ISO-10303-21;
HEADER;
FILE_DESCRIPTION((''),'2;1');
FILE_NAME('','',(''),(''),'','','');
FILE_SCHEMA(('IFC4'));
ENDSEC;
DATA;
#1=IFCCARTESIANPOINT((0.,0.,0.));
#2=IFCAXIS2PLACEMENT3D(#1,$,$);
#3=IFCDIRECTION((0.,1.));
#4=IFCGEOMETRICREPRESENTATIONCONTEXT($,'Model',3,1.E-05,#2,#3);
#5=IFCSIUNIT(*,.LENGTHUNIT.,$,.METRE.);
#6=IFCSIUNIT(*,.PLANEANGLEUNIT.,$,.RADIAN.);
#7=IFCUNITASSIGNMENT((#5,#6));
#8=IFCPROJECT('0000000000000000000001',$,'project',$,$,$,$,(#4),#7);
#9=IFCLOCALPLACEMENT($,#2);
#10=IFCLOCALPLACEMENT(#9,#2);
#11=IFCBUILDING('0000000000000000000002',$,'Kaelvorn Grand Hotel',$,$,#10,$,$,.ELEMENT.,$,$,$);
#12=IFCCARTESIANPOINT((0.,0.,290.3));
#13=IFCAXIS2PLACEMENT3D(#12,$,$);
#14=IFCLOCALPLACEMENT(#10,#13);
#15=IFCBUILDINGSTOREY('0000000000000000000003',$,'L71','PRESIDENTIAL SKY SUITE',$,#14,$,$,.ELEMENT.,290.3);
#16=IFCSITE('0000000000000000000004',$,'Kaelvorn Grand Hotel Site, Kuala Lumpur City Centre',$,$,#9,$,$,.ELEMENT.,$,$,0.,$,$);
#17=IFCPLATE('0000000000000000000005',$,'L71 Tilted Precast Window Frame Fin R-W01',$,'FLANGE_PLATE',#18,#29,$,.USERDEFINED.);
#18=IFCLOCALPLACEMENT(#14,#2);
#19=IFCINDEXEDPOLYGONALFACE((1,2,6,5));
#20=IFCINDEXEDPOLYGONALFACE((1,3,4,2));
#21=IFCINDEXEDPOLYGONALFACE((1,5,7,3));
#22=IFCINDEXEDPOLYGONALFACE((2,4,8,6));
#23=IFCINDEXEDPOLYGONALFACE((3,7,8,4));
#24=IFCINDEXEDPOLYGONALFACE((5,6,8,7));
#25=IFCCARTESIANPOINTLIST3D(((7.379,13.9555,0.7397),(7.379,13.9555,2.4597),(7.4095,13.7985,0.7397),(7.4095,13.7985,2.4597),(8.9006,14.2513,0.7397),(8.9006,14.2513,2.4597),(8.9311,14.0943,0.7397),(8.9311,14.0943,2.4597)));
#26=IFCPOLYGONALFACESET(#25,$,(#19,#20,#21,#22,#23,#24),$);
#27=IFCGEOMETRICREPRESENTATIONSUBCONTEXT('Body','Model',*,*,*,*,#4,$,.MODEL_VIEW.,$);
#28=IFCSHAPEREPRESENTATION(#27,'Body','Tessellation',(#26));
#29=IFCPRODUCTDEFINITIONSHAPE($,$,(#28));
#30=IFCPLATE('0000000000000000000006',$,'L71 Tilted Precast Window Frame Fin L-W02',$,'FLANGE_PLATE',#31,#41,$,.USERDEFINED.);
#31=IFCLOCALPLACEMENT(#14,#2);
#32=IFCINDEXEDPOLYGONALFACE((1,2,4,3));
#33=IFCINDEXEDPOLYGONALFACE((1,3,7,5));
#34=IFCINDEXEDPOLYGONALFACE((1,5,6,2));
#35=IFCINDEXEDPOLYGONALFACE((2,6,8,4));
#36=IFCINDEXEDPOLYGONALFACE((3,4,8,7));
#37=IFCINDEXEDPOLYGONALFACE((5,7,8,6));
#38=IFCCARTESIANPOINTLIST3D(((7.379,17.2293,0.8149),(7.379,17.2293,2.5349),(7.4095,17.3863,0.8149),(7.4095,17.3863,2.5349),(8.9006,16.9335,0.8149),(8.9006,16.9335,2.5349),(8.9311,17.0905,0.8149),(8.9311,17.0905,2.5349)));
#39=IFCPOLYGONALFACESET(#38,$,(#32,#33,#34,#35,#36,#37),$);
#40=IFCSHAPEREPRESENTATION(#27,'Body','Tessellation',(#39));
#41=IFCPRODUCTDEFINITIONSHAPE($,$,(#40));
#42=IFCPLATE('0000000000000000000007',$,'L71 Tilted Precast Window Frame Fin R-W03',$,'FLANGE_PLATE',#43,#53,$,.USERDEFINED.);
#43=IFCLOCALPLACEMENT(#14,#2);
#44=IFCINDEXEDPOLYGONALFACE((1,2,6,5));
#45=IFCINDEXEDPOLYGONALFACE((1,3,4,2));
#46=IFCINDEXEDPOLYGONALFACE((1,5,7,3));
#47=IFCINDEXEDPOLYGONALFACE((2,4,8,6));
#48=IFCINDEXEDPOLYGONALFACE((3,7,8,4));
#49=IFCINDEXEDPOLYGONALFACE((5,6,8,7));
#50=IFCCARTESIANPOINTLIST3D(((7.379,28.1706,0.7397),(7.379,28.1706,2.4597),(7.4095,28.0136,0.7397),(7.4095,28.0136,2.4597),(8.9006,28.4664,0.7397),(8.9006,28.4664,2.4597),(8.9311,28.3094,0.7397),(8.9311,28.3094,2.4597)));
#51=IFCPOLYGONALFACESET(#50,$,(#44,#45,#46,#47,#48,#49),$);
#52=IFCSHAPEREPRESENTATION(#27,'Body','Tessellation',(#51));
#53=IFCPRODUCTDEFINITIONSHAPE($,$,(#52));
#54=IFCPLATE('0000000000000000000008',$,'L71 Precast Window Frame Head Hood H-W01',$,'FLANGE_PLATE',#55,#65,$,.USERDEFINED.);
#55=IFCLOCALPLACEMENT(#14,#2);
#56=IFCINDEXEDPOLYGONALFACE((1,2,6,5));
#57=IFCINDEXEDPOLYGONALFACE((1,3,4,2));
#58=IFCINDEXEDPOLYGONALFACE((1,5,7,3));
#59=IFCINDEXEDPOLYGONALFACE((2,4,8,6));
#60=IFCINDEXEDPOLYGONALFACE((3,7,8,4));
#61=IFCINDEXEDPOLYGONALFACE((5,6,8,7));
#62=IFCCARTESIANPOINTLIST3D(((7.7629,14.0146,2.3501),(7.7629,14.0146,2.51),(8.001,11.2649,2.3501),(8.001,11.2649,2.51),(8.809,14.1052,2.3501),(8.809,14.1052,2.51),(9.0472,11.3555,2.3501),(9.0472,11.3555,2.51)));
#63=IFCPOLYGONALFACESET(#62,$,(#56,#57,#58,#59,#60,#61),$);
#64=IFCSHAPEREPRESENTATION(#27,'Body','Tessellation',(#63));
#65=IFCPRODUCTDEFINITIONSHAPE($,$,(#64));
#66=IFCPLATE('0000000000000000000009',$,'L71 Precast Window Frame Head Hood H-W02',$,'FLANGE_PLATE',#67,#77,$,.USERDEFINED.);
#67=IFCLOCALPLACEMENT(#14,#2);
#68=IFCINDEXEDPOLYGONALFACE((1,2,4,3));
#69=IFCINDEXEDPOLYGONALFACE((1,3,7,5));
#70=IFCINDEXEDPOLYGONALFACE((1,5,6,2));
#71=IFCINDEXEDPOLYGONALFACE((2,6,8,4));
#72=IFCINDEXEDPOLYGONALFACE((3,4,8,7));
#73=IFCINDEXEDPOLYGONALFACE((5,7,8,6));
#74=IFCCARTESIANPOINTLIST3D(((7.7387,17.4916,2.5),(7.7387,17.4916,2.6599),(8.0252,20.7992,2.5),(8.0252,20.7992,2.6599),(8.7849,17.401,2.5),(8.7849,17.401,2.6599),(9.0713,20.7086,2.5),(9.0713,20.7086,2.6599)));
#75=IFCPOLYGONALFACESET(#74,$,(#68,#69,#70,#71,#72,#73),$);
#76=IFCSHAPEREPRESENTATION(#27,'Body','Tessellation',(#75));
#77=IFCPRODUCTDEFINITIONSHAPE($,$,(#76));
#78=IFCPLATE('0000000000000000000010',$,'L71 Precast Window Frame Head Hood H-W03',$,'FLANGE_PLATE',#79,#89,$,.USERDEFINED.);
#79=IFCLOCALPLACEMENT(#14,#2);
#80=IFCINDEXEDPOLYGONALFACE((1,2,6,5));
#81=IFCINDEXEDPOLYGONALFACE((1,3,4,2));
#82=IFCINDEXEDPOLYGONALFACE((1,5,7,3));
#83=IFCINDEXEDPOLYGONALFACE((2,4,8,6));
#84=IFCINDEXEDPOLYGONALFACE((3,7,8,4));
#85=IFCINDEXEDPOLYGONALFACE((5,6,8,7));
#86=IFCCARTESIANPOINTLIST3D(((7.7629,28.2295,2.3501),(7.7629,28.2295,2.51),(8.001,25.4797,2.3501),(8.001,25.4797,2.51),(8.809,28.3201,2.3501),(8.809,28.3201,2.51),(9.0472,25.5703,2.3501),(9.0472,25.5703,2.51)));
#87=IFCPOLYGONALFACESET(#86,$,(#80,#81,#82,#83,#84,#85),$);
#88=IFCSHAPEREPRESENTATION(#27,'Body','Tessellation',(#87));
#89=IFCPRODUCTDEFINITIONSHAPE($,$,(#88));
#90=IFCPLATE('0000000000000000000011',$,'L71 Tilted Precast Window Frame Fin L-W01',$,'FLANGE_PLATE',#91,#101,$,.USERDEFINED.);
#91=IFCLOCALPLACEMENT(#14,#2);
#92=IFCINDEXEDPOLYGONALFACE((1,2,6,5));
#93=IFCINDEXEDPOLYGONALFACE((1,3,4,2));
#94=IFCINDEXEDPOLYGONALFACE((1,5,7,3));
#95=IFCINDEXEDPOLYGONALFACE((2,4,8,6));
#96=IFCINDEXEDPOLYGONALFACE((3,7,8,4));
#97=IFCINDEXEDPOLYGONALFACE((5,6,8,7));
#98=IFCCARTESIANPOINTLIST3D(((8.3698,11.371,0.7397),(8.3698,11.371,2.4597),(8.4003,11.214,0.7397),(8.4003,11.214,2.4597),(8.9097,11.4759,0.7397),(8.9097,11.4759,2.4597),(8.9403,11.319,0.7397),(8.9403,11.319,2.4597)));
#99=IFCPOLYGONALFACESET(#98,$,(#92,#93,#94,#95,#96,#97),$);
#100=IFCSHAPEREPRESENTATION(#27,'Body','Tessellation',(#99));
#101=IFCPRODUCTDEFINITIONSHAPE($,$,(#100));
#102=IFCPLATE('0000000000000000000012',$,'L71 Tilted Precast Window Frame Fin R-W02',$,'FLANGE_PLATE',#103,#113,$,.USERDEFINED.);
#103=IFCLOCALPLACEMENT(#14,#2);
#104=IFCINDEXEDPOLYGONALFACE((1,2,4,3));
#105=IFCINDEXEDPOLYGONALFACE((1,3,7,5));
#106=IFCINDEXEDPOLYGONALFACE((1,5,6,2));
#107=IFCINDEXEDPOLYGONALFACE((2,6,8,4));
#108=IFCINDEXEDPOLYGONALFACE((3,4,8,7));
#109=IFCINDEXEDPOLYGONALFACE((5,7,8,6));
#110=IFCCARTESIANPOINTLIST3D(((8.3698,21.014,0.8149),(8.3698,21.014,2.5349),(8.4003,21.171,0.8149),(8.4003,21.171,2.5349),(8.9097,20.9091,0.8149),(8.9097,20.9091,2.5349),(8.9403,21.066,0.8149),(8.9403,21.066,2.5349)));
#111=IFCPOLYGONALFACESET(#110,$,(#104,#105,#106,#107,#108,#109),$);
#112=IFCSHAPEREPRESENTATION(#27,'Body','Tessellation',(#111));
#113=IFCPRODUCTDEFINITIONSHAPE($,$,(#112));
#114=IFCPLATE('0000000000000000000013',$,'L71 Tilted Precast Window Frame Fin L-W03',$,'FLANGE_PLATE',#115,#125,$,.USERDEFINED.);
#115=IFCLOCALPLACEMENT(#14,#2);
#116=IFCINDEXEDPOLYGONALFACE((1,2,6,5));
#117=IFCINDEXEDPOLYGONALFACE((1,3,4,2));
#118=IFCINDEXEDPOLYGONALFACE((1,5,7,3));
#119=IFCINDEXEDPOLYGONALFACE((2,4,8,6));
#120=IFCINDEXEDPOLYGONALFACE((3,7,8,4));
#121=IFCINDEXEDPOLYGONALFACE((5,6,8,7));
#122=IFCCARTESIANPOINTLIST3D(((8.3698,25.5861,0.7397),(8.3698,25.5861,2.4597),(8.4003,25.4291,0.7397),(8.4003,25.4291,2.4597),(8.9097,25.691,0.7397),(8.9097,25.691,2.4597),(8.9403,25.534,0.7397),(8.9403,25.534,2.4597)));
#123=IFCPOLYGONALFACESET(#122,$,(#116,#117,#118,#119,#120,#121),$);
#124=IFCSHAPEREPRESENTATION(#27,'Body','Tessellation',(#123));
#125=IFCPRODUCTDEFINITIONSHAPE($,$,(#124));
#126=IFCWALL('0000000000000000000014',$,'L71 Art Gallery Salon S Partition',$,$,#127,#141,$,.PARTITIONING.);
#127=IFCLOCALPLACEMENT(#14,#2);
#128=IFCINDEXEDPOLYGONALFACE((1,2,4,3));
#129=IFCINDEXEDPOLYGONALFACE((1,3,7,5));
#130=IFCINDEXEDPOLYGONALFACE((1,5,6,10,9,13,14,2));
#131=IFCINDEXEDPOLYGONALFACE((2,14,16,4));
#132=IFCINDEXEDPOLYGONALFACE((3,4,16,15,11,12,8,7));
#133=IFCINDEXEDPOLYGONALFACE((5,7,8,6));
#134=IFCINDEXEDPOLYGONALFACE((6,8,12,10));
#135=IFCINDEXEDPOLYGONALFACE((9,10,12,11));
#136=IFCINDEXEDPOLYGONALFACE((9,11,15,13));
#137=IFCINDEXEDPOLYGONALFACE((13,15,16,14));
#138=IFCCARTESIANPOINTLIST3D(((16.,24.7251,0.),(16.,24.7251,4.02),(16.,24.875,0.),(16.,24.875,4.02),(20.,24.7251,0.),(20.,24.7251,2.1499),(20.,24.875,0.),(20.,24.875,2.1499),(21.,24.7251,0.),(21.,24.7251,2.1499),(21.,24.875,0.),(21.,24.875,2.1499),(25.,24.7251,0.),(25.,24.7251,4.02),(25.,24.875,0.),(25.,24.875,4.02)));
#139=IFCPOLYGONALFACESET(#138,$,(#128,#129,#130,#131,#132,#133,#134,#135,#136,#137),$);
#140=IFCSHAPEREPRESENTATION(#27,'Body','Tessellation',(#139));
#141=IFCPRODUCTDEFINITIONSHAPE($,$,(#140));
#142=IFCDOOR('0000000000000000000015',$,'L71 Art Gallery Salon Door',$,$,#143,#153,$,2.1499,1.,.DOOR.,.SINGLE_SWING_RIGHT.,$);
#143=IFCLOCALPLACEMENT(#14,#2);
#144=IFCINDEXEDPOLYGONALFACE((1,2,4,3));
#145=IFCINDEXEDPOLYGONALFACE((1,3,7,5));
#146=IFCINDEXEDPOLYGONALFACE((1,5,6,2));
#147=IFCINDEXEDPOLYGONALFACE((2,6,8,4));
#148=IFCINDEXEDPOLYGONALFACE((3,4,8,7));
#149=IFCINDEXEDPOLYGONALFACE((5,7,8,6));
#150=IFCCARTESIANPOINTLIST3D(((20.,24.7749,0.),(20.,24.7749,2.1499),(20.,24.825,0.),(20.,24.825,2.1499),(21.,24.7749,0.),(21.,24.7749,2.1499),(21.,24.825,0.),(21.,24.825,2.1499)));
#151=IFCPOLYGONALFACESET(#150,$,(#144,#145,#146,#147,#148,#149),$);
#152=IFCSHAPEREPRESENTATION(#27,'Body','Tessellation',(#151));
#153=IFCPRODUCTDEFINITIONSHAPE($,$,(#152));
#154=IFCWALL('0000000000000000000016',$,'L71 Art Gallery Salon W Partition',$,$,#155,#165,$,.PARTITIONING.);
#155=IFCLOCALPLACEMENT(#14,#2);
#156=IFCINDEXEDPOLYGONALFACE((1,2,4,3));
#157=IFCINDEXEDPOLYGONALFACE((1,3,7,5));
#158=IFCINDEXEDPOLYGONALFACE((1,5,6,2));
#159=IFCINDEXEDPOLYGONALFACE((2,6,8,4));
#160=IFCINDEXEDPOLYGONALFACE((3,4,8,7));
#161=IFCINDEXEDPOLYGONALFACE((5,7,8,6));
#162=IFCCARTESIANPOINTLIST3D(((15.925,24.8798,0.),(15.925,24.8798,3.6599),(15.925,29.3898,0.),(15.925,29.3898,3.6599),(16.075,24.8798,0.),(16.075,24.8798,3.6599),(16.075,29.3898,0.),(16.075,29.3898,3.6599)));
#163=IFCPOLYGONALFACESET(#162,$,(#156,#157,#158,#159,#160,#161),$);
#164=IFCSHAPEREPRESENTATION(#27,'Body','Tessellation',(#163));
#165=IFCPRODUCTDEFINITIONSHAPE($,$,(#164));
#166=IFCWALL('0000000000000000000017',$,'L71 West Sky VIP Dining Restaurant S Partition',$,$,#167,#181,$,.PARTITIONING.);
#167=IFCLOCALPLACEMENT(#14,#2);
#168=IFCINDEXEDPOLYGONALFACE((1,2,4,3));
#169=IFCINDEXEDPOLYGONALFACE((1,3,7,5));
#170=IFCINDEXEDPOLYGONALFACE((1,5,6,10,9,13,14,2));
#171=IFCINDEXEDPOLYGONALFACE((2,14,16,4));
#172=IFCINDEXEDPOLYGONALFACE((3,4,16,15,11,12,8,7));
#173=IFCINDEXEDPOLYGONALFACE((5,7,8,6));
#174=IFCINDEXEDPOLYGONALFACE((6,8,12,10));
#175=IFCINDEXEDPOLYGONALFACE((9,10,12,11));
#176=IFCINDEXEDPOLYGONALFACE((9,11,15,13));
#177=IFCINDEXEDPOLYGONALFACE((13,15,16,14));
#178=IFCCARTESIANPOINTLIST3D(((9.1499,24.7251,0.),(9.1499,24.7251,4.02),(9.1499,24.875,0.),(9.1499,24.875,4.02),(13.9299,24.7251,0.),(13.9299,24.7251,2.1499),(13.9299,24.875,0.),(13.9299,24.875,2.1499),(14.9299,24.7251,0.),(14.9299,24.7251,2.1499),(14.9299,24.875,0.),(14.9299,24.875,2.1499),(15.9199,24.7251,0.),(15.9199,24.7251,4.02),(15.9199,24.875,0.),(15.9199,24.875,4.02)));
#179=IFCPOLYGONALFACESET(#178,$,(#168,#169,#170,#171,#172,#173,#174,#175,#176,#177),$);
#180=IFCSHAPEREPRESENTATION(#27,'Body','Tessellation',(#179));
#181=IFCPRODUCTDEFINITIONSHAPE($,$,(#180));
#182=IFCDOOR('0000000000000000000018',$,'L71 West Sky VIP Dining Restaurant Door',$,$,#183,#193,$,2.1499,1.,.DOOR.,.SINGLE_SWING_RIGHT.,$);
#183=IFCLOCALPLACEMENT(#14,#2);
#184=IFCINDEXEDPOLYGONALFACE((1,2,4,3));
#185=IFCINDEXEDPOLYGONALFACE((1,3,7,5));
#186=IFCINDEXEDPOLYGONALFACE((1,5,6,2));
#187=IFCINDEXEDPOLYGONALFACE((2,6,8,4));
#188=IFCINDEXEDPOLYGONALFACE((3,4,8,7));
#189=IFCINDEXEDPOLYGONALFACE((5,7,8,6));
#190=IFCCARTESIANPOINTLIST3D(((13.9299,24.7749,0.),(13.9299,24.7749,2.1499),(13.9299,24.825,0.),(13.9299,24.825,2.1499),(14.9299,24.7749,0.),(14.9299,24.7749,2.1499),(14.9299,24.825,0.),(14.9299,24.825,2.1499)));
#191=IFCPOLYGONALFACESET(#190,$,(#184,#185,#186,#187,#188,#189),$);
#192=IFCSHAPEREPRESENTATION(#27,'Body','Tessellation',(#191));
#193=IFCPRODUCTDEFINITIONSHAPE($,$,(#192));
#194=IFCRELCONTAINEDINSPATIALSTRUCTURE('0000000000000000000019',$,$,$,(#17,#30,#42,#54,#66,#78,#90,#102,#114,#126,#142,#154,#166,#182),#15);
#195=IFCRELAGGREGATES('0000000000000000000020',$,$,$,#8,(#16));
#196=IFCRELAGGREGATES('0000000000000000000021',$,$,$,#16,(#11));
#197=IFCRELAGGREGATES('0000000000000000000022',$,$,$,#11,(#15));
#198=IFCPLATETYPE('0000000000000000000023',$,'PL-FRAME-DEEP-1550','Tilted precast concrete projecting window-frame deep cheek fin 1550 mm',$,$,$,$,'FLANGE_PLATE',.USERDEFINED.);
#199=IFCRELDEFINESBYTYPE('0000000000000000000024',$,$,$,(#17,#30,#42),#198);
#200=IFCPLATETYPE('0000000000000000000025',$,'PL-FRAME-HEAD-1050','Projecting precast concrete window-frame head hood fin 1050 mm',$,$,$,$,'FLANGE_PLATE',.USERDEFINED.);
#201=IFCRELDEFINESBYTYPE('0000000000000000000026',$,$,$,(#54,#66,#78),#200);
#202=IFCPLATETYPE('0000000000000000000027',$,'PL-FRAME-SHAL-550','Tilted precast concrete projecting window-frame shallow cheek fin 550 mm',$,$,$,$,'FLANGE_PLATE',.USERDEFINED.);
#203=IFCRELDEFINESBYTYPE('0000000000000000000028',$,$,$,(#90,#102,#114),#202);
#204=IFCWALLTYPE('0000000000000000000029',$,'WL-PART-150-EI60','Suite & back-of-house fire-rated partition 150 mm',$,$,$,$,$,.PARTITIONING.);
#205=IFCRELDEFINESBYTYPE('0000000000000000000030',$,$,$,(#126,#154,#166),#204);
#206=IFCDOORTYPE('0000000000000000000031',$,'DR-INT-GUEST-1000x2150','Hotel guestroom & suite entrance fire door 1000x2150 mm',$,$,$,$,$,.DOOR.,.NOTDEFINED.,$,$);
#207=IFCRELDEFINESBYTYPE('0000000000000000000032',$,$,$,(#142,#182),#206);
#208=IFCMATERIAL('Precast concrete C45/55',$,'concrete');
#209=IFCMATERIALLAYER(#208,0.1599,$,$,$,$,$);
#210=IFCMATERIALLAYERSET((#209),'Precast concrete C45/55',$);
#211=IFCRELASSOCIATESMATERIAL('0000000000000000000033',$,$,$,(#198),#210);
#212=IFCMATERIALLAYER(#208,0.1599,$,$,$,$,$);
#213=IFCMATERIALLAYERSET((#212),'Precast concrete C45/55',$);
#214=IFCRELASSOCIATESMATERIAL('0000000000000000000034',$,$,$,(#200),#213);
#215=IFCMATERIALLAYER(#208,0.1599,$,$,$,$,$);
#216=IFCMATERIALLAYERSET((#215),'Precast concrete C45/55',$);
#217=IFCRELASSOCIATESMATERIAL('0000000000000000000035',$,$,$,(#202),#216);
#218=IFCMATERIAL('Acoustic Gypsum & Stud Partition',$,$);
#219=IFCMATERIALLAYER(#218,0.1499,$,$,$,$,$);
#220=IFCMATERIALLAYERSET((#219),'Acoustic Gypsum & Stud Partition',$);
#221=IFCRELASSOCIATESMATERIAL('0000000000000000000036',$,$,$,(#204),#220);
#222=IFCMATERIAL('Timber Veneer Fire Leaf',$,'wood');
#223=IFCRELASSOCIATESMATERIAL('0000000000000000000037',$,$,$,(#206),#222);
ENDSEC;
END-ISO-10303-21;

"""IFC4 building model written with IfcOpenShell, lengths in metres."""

from ifc_helpers import new_model, si_unit, direction, frame, frame_2d, origin, origin_2d, place, context, subcontext, project, spatial, rectangle, extrude, material, layer, layer_set, type_object, element, fill, save


model = new_model("IFC4")

# Units and contexts
model_context = context("Model", 3, precision=1e-05, world=origin(), true_north=direction((0.0, 1.0)))
body_context = subcontext(model_context, "Body", "Model", "MODEL_VIEW")
ifc_project = project(units=[si_unit("LENGTHUNIT", "METRE"), si_unit("PLANEANGLEUNIT", "RADIAN")], contexts=[model_context])

# Site, building, storey
site_placement = place(None, origin())
site = spatial("IfcSite", under=ifc_project, at=site_placement, Name="Kaelvorn Grand Hotel Site, Kuala Lumpur City Centre", CompositionType="ELEMENT", RefElevation=0.0)
building_placement = place(site_placement, origin())
building = spatial("IfcBuilding", under=site, at=building_placement, Name="Kaelvorn Grand Hotel", CompositionType="ELEMENT")
storey_placement = place(building_placement, frame((0.0, 0.0, 290.3)))
storey = spatial("IfcBuildingStorey", under=building, at=storey_placement, Name="L71", Description="PRESIDENTIAL SKY SUITE", CompositionType="ELEMENT", Elevation=290.3)

# Plates
ifc_material_1 = material(Name="Precast concrete C45/55", Category="concrete")
ifc_layer_1 = layer(ifc_material_1, 0.1599)
ifc_layer_set_1 = layer_set([ifc_layer_1], Name="Precast concrete C45/55")
plate_type_1 = type_object("IfcPlateType", Name="PL-FRAME-DEEP-1550", Description="Tilted precast concrete projecting window-frame deep cheek fin 1550 mm", ElementType="FLANGE_PLATE", PredefinedType="USERDEFINED", material=ifc_layer_set_1)
for number, where, z_axis, x_axis, name in (
    (1, (8.155, 14.0249, 0.7397), (0.0, 0.0, 1.0), (-0.190809, 0.981627, 0.0), "L71 Tilted Precast Window Frame Fin R-W01"),
    (2, (8.155, 17.1599, 0.8149), (0.0, 0.0, 1.0), (0.190809, 0.981627, 0.0), "L71 Tilted Precast Window Frame Fin L-W02"),
    (3, (8.155, 28.24, 0.7397), (0.0, 0.0, 1.0), (-0.190809, 0.981627, 0.0), "L71 Tilted Precast Window Frame Fin R-W03"),
):
    element("IfcPlate", number, at=place(storey_placement, frame(where, z_axis=z_axis, x_axis=x_axis)), inside=storey, type_object=plate_type_1, Name=name, ObjectType="FLANGE_PLATE", PredefinedType="USERDEFINED", context=body_context, shape_type="SweptSolid", body=[
        extrude(rectangle(XDim=0.1599, YDim=1.55, at=origin_2d()), origin(), (0.0, 0.0, 1.0), 1.72),
    ])
ifc_layer_2 = layer(ifc_material_1, 0.1599)
ifc_layer_set_2 = layer_set([ifc_layer_2], Name="Precast concrete C45/55")
plate_type_2 = type_object("IfcPlateType", Name="PL-FRAME-HEAD-1050", Description="Projecting precast concrete window-frame head hood fin 1050 mm", ElementType="FLANGE_PLATE", PredefinedType="USERDEFINED", material=ifc_layer_set_2)
plate_1_placement = place(storey_placement, frame((8.405, 12.6851, 2.3501), z_axis=(0.0, 0.0, 1.0), x_axis=(-0.086286, 0.99627, 0.0)))
element("IfcPlate", 4, at=plate_1_placement, inside=storey, type_object=plate_type_2, Name="L71 Precast Window Frame Head Hood H-W01", ObjectType="FLANGE_PLATE", PredefinedType="USERDEFINED", context=body_context, shape_type="SweptSolid", body=[
    extrude(rectangle(XDim=2.76, YDim=1.05, at=origin_2d()), origin(), (0.0, 0.0, 1.0), 0.1599),
])
plate_2_placement = place(storey_placement, frame((8.405, 19.1001, 2.5), z_axis=(0.0, 0.0, 1.0), x_axis=(0.086286, 0.99627, 0.0)))
element("IfcPlate", 5, at=plate_2_placement, inside=storey, type_object=plate_type_2, Name="L71 Precast Window Frame Head Hood H-W02", ObjectType="FLANGE_PLATE", PredefinedType="USERDEFINED", context=body_context, shape_type="SweptSolid", body=[
    extrude(rectangle(XDim=3.3201, YDim=1.05, at=origin_2d()), origin(), (0.0, 0.0, 1.0), 0.1599),
])
plate_3_placement = place(storey_placement, frame((8.405, 26.8999, 2.3501), z_axis=(0.0, 0.0, 1.0), x_axis=(-0.086286, 0.99627, 0.0)))
element("IfcPlate", 6, at=plate_3_placement, inside=storey, type_object=plate_type_2, Name="L71 Precast Window Frame Head Hood H-W03", ObjectType="FLANGE_PLATE", PredefinedType="USERDEFINED", context=body_context, shape_type="SweptSolid", body=[
    extrude(rectangle(XDim=2.76, YDim=1.05, at=origin_2d()), origin(), (0.0, 0.0, 1.0), 0.1599),
])
ifc_layer_3 = layer(ifc_material_1, 0.1599)
ifc_layer_set_3 = layer_set([ifc_layer_3], Name="Precast concrete C45/55")
plate_type_3 = type_object("IfcPlateType", Name="PL-FRAME-SHAL-550", Description="Tilted precast concrete projecting window-frame shallow cheek fin 550 mm", ElementType="FLANGE_PLATE", PredefinedType="USERDEFINED", material=ifc_layer_set_3)
for number, where, z_axis, x_axis, name in (
    (7, (8.655, 11.345, 0.7397), (0.0, 0.0, 1.0), (-0.190809, 0.981627, 0.0), "L71 Tilted Precast Window Frame Fin L-W01"),
    (8, (8.655, 21.04, 0.8149), (0.0, 0.0, 1.0), (0.190809, 0.981627, 0.0), "L71 Tilted Precast Window Frame Fin R-W02"),
    (9, (8.655, 25.5601, 0.7397), (0.0, 0.0, 1.0), (-0.190809, 0.981627, 0.0), "L71 Tilted Precast Window Frame Fin L-W03"),
):
    element("IfcPlate", number, at=place(storey_placement, frame(where, z_axis=z_axis, x_axis=x_axis)), inside=storey, type_object=plate_type_3, Name=name, ObjectType="FLANGE_PLATE", PredefinedType="USERDEFINED", context=body_context, shape_type="SweptSolid", body=[
        extrude(rectangle(XDim=0.1599, YDim=0.55, at=origin_2d()), origin(), (0.0, 0.0, 1.0), 1.72),
    ])

# Wall, opening, door
ifc_material_2 = material(Name="Acoustic Gypsum & Stud Partition")
ifc_layer_4 = layer(ifc_material_2, 0.1499)
ifc_layer_set_4 = layer_set([ifc_layer_4], Name="Acoustic Gypsum & Stud Partition")
wall_type_1 = type_object("IfcWallType", Name="WL-PART-150-EI60", Description="Suite & back-of-house fire-rated partition 150 mm", PredefinedType="PARTITIONING", material=ifc_layer_set_4)
wall_1_placement = place(storey_placement, frame((16.0, 24.8, 0.0), z_axis=(0.0, 0.0, 1.0), x_axis=(1.0, 0.0, 0.0)))
wall_1 = element("IfcWall", 10, at=wall_1_placement, inside=storey, type_object=wall_type_1, Name="L71 Art Gallery Salon S Partition", PredefinedType="PARTITIONING", context=body_context, shape_type="SweptSolid", body=[
    extrude(rectangle(XDim=9.0, YDim=0.1499, at=frame_2d((4.5, 0.0))), origin(), (0.0, 0.0, 1.0), 4.02),
])
opening_1_placement = place(wall_1_placement, frame((4.0, 0.0, 0.0)))
opening_1 = element("IfcOpeningElement", 11, at=opening_1_placement, cuts=wall_1, PredefinedType="OPENING", context=body_context, shape_type="SweptSolid", body=[
    extrude(rectangle(XDim=1.0, YDim=2.1499, at=frame_2d((0.5, 1.075))), frame((0.0, 0.085, 0.0), z_axis=(0.0, -1.0, 0.0), x_axis=(1.0, 0.0, 0.0)), (0.0, 0.0, 1.0), 0.1699),
])
ifc_material_3 = material(Name="Timber Veneer Fire Leaf", Category="wood")
door_type = type_object("IfcDoorType", Name="DR-INT-GUEST-1000x2150", Description="Hotel guestroom & suite entrance fire door 1000x2150 mm", OperationType="NOTDEFINED", PredefinedType="DOOR", material=ifc_material_3)
door_1_placement = place(opening_1_placement, origin())
door_1 = element("IfcDoor", 12, at=door_1_placement, inside=storey, type_object=door_type, Name="L71 Art Gallery Salon Door", OperationType="SINGLE_SWING_RIGHT", OverallHeight=2.1499, OverallWidth=1.0, PredefinedType="DOOR", context=body_context, shape_type="SweptSolid", body=[
    extrude(rectangle(XDim=1.0, YDim=2.1499, at=frame_2d((0.5, 1.075))), frame((0.0, 0.0249, 0.0), z_axis=(0.0, -1.0, 0.0), x_axis=(1.0, 0.0, 0.0)), (0.0, 0.0, 1.0), 0.05),
])
fill(opening_1, door_1)

# Wall
wall_2_placement = place(storey_placement, frame((16.0, 24.8799, 0.0), z_axis=(0.0, 0.0, 1.0), x_axis=(0.0, 1.0, 0.0)))
element("IfcWall", 13, at=wall_2_placement, inside=storey, type_object=wall_type_1, Name="L71 Art Gallery Salon W Partition", PredefinedType="PARTITIONING", context=body_context, shape_type="SweptSolid", body=[
    extrude(rectangle(XDim=4.51, YDim=0.1499, at=frame_2d((2.2549, 0.0))), origin(), (0.0, 0.0, 1.0), 3.6599),
])

# Wall, opening, door
wall_3_placement = place(storey_placement, frame((9.1499, 24.8, 0.0), z_axis=(0.0, 0.0, 1.0), x_axis=(1.0, 0.0, 0.0)))
wall_3 = element("IfcWall", 14, at=wall_3_placement, inside=storey, type_object=wall_type_1, Name="L71 West Sky VIP Dining Restaurant S Partition", PredefinedType="PARTITIONING", context=body_context, shape_type="SweptSolid", body=[
    extrude(rectangle(XDim=6.77, YDim=0.1499, at=frame_2d((3.385, 0.0))), origin(), (0.0, 0.0, 1.0), 4.02),
])
opening_2_placement = place(wall_3_placement, frame((4.78, 0.0, 0.0)))
opening_2 = element("IfcOpeningElement", 15, at=opening_2_placement, cuts=wall_3, PredefinedType="OPENING", context=body_context, shape_type="SweptSolid", body=[
    extrude(rectangle(XDim=1.0, YDim=2.1499, at=frame_2d((0.5, 1.075))), frame((0.0, 0.085, 0.0), z_axis=(0.0, -1.0, 0.0), x_axis=(1.0, 0.0, 0.0)), (0.0, 0.0, 1.0), 0.1699),
])
door_2_placement = place(opening_2_placement, origin())
door_2 = element("IfcDoor", 16, at=door_2_placement, inside=storey, type_object=door_type, Name="L71 West Sky VIP Dining Restaurant Door", OperationType="SINGLE_SWING_RIGHT", OverallHeight=2.1499, OverallWidth=1.0, PredefinedType="DOOR", context=body_context, shape_type="SweptSolid", body=[
    extrude(rectangle(XDim=1.0, YDim=2.1499, at=frame_2d((0.5, 1.075))), frame((0.0, 0.0249, 0.0), z_axis=(0.0, -1.0, 0.0), x_axis=(1.0, 0.0, 0.0)), (0.0, 0.0, 1.0), 0.05),
])
fill(opening_2, door_2)

save(model, "model.ifc")
